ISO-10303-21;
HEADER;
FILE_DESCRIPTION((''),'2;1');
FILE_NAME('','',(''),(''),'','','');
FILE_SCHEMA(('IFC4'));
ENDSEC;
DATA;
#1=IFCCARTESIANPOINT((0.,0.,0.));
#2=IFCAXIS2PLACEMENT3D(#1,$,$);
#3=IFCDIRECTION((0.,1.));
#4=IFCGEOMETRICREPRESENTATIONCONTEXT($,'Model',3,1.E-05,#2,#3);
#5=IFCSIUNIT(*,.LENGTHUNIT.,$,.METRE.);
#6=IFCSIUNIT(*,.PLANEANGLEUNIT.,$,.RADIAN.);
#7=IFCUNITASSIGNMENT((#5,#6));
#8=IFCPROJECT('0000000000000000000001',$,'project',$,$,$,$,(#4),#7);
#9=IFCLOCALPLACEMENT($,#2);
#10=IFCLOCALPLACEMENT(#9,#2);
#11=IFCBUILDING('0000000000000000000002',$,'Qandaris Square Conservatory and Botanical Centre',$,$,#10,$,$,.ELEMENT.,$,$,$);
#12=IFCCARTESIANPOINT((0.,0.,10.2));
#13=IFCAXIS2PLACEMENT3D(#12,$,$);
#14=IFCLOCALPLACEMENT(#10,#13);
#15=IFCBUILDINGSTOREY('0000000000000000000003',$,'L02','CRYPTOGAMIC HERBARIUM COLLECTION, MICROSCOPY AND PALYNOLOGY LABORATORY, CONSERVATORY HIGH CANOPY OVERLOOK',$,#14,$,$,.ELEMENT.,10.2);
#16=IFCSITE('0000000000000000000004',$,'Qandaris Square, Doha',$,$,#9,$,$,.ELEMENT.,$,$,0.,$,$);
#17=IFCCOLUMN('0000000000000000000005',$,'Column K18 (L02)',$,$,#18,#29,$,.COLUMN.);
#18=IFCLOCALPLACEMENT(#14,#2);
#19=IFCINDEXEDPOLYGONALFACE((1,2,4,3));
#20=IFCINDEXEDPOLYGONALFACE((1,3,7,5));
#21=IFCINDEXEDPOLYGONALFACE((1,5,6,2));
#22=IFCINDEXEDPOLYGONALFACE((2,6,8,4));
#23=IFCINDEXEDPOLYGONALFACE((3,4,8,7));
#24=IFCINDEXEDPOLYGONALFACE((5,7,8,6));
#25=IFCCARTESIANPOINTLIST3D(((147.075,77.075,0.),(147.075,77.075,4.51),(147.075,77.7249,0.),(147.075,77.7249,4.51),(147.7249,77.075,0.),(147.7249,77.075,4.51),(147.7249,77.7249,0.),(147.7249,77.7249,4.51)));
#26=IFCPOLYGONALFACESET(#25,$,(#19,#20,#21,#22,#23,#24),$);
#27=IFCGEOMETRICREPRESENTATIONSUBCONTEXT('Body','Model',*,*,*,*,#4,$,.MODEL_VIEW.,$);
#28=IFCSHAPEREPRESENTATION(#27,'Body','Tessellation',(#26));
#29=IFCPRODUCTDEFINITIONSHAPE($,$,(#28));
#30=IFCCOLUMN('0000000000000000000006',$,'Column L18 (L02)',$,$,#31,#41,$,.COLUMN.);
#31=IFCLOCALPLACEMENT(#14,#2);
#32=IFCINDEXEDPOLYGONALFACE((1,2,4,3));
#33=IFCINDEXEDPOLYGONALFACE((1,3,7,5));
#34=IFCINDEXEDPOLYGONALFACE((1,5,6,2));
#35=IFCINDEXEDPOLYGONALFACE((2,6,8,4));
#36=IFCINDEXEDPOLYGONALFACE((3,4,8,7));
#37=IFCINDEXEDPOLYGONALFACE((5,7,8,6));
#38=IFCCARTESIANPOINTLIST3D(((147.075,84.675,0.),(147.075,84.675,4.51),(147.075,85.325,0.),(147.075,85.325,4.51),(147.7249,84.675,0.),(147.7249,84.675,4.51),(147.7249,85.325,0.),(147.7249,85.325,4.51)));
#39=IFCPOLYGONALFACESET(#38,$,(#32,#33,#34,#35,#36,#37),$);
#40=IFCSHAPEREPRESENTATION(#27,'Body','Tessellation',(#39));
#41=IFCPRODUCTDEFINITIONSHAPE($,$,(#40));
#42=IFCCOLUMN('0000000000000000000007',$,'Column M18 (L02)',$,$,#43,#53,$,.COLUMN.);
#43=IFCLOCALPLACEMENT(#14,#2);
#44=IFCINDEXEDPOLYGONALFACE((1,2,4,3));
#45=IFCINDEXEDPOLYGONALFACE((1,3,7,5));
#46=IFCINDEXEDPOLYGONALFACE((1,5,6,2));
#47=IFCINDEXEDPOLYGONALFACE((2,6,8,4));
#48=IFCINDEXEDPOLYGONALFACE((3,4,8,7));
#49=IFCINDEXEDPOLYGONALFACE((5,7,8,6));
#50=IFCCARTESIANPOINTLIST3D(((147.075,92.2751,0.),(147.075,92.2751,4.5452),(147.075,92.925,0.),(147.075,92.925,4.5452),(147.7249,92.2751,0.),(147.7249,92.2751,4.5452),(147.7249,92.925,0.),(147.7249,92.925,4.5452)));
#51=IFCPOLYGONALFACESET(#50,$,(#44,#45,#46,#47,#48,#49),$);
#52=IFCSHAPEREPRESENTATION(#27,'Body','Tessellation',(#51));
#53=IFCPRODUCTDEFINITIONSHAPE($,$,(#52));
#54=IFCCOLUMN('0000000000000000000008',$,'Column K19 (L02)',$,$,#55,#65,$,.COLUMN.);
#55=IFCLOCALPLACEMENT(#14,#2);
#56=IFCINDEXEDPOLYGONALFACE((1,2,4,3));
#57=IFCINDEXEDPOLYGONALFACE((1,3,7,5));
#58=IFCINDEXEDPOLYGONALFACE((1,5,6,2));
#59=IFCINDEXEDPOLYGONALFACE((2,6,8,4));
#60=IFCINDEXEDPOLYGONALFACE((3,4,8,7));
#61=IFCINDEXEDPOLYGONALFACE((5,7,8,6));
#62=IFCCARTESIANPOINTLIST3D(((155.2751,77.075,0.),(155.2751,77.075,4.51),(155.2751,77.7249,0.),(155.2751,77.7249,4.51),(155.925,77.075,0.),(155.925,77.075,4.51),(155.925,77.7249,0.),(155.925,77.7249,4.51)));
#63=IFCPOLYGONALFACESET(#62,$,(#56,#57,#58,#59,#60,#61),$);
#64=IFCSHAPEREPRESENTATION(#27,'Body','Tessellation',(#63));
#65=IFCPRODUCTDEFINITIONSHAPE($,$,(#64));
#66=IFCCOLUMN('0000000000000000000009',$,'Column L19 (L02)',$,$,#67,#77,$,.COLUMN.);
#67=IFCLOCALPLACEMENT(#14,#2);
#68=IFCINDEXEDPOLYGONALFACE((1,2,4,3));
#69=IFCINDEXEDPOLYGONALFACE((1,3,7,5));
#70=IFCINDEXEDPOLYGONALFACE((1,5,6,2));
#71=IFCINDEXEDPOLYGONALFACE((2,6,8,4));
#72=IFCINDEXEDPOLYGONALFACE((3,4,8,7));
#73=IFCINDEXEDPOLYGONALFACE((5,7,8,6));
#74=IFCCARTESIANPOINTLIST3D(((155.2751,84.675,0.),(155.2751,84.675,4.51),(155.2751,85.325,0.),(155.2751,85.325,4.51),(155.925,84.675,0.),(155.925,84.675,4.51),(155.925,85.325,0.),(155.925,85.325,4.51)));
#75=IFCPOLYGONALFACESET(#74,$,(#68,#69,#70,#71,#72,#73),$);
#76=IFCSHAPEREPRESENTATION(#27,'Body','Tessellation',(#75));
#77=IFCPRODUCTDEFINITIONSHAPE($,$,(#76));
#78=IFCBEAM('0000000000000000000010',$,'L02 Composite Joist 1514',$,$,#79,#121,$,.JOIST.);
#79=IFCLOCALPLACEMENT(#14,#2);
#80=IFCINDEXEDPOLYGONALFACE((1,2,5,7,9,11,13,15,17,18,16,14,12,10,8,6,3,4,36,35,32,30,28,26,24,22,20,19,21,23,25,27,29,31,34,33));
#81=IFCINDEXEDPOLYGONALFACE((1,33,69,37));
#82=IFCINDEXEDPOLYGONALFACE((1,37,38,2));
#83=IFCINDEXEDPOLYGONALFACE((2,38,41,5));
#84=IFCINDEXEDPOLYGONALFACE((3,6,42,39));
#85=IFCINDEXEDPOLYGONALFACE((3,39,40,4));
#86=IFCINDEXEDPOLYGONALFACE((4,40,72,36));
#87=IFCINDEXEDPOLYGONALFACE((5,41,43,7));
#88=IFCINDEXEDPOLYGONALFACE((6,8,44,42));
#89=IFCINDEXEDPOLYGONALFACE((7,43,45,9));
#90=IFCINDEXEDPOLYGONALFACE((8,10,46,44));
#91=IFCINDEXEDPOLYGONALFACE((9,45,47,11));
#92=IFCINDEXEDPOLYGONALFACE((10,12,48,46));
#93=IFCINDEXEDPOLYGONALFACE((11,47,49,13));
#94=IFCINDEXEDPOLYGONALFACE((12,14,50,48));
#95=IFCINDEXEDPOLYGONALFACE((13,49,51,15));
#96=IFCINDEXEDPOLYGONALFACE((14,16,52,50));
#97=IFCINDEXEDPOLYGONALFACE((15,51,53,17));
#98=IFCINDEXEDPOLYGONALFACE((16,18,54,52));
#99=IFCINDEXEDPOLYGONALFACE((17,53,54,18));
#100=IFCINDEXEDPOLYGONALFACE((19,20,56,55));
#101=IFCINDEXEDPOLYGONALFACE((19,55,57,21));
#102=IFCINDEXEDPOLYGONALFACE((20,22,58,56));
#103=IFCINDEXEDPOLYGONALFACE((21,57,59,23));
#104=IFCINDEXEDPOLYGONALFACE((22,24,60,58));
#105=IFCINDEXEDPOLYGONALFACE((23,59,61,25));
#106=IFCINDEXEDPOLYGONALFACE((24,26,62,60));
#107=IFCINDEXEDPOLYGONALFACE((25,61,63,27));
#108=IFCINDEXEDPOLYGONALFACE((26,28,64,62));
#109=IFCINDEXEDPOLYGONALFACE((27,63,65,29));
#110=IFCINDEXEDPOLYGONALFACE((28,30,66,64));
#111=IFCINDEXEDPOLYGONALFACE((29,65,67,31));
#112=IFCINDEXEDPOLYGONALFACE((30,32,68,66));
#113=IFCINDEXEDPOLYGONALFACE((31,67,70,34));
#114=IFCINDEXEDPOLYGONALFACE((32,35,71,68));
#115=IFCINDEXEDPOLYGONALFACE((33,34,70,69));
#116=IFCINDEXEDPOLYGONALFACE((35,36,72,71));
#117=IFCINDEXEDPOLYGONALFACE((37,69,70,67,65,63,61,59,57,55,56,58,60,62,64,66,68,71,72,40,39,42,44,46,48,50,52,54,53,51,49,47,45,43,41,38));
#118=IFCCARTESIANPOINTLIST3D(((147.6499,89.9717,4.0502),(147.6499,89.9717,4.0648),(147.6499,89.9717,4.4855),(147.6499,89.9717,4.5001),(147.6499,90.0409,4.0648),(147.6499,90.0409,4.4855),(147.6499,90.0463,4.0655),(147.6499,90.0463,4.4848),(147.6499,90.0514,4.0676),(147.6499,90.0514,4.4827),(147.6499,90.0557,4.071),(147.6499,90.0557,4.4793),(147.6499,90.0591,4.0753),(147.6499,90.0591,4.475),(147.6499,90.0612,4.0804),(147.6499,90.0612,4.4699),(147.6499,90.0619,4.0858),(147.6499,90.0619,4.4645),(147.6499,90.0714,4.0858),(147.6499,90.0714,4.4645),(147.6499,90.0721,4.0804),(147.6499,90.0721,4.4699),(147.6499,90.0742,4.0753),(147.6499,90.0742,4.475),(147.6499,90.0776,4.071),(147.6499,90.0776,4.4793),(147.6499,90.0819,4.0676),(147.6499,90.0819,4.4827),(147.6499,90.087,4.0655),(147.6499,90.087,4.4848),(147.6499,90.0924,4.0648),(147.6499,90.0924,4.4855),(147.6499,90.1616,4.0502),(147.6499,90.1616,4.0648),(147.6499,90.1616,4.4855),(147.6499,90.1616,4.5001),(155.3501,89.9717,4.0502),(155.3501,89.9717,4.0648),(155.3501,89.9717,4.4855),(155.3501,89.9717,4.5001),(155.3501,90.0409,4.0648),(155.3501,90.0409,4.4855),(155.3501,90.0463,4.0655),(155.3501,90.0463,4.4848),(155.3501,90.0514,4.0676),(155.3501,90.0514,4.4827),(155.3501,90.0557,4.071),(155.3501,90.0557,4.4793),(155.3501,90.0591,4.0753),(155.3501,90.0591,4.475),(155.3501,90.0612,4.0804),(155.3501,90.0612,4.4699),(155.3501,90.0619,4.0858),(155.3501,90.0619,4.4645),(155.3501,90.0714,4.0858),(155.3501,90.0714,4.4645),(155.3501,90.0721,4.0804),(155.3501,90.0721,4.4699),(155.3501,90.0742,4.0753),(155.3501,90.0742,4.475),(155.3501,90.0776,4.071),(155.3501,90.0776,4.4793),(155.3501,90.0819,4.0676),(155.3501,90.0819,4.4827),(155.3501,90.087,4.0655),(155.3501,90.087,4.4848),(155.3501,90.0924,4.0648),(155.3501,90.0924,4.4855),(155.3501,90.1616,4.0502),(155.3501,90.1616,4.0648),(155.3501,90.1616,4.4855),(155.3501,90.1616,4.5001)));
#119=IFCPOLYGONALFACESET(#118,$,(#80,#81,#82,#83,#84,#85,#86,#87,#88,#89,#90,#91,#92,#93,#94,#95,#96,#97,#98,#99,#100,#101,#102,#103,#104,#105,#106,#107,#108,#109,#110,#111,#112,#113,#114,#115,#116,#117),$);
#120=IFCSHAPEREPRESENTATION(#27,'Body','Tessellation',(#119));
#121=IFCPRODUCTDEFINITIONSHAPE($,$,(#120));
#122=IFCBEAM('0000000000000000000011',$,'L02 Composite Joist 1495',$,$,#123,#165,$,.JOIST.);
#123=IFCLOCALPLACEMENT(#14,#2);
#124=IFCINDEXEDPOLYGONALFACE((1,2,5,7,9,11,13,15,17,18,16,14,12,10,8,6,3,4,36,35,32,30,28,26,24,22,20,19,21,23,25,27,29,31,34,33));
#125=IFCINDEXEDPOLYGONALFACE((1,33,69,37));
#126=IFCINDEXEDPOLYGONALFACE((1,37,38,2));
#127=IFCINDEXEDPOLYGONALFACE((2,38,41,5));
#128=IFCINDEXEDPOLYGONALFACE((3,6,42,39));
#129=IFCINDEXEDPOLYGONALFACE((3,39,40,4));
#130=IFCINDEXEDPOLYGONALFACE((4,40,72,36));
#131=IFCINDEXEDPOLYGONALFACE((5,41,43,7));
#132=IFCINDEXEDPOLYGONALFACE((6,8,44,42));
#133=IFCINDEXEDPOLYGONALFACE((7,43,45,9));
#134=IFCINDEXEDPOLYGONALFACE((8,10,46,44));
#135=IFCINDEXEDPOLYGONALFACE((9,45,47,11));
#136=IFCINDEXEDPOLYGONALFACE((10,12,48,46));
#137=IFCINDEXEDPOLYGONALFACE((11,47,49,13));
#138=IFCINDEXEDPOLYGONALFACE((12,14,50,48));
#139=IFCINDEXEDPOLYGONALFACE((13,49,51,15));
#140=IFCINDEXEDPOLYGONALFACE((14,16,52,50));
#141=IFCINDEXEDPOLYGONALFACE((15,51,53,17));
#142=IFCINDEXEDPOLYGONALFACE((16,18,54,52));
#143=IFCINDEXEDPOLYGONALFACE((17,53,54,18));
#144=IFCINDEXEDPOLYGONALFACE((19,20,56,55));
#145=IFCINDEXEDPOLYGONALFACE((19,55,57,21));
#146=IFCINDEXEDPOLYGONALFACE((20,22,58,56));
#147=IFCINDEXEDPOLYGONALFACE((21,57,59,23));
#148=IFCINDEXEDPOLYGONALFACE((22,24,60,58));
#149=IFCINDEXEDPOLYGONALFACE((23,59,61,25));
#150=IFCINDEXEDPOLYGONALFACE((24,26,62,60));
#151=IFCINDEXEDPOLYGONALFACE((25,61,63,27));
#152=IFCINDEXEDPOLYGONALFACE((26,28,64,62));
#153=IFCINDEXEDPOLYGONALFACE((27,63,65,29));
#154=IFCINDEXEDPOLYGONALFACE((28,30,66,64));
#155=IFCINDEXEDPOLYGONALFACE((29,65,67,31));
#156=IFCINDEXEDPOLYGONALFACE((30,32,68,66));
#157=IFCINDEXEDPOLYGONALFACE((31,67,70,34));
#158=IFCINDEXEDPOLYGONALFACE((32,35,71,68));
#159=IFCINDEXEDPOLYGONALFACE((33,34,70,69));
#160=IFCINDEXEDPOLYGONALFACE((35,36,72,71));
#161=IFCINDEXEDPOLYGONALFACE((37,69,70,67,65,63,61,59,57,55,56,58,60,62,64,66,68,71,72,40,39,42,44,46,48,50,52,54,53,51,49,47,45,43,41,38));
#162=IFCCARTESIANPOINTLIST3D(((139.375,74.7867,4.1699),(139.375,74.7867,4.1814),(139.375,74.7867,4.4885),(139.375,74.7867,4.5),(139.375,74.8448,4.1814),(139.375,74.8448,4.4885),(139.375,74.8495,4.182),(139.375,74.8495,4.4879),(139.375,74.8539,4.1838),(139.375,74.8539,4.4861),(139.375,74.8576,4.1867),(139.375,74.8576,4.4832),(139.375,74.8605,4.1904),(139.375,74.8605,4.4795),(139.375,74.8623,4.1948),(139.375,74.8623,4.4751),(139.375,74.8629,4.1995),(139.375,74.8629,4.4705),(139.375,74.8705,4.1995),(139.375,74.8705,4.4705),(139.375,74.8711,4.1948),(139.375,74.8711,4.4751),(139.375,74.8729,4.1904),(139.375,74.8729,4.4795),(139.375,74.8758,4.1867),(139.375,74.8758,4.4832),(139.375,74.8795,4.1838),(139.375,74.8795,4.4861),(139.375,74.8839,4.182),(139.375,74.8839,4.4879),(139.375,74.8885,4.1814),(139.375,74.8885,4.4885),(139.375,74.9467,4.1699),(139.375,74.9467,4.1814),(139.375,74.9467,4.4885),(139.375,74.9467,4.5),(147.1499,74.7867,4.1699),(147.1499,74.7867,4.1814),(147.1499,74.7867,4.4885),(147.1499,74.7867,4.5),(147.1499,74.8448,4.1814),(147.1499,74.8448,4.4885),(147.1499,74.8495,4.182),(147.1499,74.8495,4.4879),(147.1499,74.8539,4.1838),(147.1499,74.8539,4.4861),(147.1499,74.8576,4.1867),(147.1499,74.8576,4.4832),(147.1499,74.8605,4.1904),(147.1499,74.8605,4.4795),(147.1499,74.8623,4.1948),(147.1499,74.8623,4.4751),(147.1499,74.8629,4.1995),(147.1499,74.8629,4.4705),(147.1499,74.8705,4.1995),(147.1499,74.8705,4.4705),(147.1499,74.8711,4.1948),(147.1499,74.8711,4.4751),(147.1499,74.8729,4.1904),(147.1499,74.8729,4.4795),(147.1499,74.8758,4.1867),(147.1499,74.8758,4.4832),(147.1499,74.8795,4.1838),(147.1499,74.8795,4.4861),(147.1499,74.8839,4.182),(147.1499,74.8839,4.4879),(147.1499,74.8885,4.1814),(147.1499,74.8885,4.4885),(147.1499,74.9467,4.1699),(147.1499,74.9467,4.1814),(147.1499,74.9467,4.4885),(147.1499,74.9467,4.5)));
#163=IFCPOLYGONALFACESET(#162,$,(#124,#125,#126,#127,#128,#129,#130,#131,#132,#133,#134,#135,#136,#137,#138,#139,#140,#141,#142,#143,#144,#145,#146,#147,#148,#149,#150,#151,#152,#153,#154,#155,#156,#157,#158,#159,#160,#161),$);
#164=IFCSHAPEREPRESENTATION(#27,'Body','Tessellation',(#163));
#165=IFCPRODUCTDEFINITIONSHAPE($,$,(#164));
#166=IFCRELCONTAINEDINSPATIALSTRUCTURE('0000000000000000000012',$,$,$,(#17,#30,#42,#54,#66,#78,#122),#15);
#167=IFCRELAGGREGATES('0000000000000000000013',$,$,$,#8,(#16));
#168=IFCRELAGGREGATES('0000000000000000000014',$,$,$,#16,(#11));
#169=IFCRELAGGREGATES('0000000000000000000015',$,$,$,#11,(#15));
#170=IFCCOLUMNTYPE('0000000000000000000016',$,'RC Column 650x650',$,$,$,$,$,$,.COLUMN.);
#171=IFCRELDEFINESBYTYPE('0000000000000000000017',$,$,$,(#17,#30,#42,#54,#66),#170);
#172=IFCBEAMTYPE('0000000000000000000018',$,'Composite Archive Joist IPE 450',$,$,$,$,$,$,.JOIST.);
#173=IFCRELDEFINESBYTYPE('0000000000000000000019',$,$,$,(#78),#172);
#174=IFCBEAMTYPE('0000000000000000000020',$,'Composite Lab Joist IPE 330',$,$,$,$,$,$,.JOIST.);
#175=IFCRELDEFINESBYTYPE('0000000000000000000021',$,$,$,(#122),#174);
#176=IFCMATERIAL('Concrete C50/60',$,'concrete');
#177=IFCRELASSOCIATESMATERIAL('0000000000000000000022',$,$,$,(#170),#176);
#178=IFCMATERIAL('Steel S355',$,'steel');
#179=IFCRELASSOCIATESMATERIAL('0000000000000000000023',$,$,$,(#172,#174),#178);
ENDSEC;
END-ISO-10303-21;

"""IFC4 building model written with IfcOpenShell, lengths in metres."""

from ifc_helpers import new_model, si_unit, direction, frame, origin, origin_2d, place, context, subcontext, project, spatial, rectangle, i_section, extrude, material, material_profile, profile_set, type_object, element, save


model = new_model("IFC4")

# Units and contexts
model_context = context("Model", 3, precision=1e-05, world=origin(), true_north=direction((0.0, 1.0)))
body_context = subcontext(model_context, "Body", "Model", "MODEL_VIEW")
ifc_project = project(units=[si_unit("LENGTHUNIT", "METRE"), si_unit("PLANEANGLEUNIT", "RADIAN")], contexts=[model_context])

# Site, building, storey
site_placement = place(None, origin())
site = spatial("IfcSite", under=ifc_project, at=site_placement, Name="Qandaris Square, Doha", CompositionType="ELEMENT", RefElevation=0.0)
building_placement = place(site_placement, origin())
building = spatial("IfcBuilding", under=site, at=building_placement, Name="Qandaris Square Conservatory and Botanical Centre", CompositionType="ELEMENT")
storey_placement = place(building_placement, frame((0.0, 0.0, 10.2)))
storey = spatial("IfcBuildingStorey", under=building, at=storey_placement, Name="L02", Description="CRYPTOGAMIC HERBARIUM COLLECTION, MICROSCOPY AND PALYNOLOGY LABORATORY, CONSERVATORY HIGH CANOPY OVERLOOK", CompositionType="ELEMENT", Elevation=10.2)

# Columns
ifc_material_1 = material(Name="Concrete C50/60", Category="concrete")
ifc_material_profile_1 = material_profile(ifc_material_1, rectangle(XDim=0.6499, YDim=0.6499, at=origin_2d()), Name="RC-COL 650x650")
ifc_profile_set_1 = profile_set([ifc_material_profile_1], Name="Concrete C50/60")
column_type = type_object("IfcColumnType", Name="RC Column 650x650", PredefinedType="COLUMN", material=ifc_profile_set_1)
for number, where, z_axis, x_axis, name in (
    (1, (147.3999, 77.3999, 0.0), (0.0, 0.0, 1.0), (1.0, 0.0, 0.0), "Column K18 (L02)"),
    (2, (147.3999, 85.0, 0.0), (0.0, 0.0, 1.0), (1.0, 0.0, 0.0), "Column L18 (L02)"),
):
    element("IfcColumn", number, at=place(storey_placement, frame(where, z_axis=z_axis, x_axis=x_axis)), inside=storey, type_object=column_type, Name=name, PredefinedType="COLUMN", context=body_context, shape_type="SweptSolid", body=[
        extrude(rectangle(XDim=0.6499, YDim=0.6499, at=origin_2d()), origin(), (0.0, 0.0, 1.0), 4.51),
    ])
column_placement = place(storey_placement, frame((147.3999, 92.6001, 0.0), z_axis=(0.0, 0.0, 1.0), x_axis=(1.0, 0.0, 0.0)))
element("IfcColumn", 3, at=column_placement, inside=storey, type_object=column_type, Name="Column M18 (L02)", PredefinedType="COLUMN", context=body_context, shape_type="SweptSolid", body=[
    extrude(rectangle(XDim=0.6499, YDim=0.6499, at=origin_2d()), origin(), (0.0, 0.0, 1.0), 4.5452),
])
for number, where, z_axis, x_axis, name in (
    (4, (155.6001, 77.3999, 0.0), (0.0, 0.0, 1.0), (1.0, 0.0, 0.0), "Column K19 (L02)"),
    (5, (155.6001, 85.0, 0.0), (0.0, 0.0, 1.0), (1.0, 0.0, 0.0), "Column L19 (L02)"),
):
    element("IfcColumn", number, at=place(storey_placement, frame(where, z_axis=z_axis, x_axis=x_axis)), inside=storey, type_object=column_type, Name=name, PredefinedType="COLUMN", context=body_context, shape_type="SweptSolid", body=[
        extrude(rectangle(XDim=0.6499, YDim=0.6499, at=origin_2d()), origin(), (0.0, 0.0, 1.0), 4.51),
    ])

# Beams
ifc_material_2 = material(Name="Steel S355", Category="steel")
ifc_material_profile_2 = material_profile(ifc_material_2, i_section(OverallWidth=0.1899, OverallDepth=0.45, WebThickness=0.0095, FlangeThickness=0.0146, FilletRadius=0.021, at=origin_2d()), Name="IPE 450")
ifc_profile_set_2 = profile_set([ifc_material_profile_2], Name="Steel S355")
beam_type_1 = type_object("IfcBeamType", Name="Composite Archive Joist IPE 450", PredefinedType="JOIST", material=ifc_profile_set_2)
beam_1_placement = place(storey_placement, frame((147.6499, 90.0667, 4.2751), z_axis=(1.0, 0.0, 0.0), x_axis=(0.0, 1.0, 0.0)))
element("IfcBeam", 6, at=beam_1_placement, inside=storey, type_object=beam_type_1, Name="L02 Composite Joist 1514", PredefinedType="JOIST", context=body_context, shape_type="SweptSolid", body=[
    extrude(i_section(OverallWidth=0.1899, OverallDepth=0.45, WebThickness=0.0095, FlangeThickness=0.0146, FilletRadius=0.021, at=origin_2d()), origin(), (0.0, 0.0, 1.0), 7.7002),
])
ifc_material_profile_3 = material_profile(ifc_material_2, i_section(OverallWidth=0.1599, OverallDepth=0.3301, WebThickness=0.0076, FlangeThickness=0.0115, FilletRadius=0.0181, at=origin_2d()), Name="IPE 330")
ifc_profile_set_3 = profile_set([ifc_material_profile_3], Name="Steel S355")
beam_type_2 = type_object("IfcBeamType", Name="Composite Lab Joist IPE 330", PredefinedType="JOIST", material=ifc_profile_set_3)
for number, where, z_axis, x_axis, name in (
    (7, (139.375, 74.8667, 4.335), (1.0, 0.0, 0.0), (0.0, 1.0, 0.0), "L02 Composite Joist 1495"),
):
    element("IfcBeam", number, at=place(storey_placement, frame(where, z_axis=z_axis, x_axis=x_axis)), inside=storey, type_object=beam_type_2, Name=name, PredefinedType="JOIST", context=body_context, shape_type="SweptSolid", body=[
        extrude(i_section(OverallWidth=0.1599, OverallDepth=0.3301, WebThickness=0.0076, FlangeThickness=0.0115, FilletRadius=0.0181, at=origin_2d()), origin(), (0.0, 0.0, 1.0), 7.7749),
    ])

save(model, "model.ifc")
